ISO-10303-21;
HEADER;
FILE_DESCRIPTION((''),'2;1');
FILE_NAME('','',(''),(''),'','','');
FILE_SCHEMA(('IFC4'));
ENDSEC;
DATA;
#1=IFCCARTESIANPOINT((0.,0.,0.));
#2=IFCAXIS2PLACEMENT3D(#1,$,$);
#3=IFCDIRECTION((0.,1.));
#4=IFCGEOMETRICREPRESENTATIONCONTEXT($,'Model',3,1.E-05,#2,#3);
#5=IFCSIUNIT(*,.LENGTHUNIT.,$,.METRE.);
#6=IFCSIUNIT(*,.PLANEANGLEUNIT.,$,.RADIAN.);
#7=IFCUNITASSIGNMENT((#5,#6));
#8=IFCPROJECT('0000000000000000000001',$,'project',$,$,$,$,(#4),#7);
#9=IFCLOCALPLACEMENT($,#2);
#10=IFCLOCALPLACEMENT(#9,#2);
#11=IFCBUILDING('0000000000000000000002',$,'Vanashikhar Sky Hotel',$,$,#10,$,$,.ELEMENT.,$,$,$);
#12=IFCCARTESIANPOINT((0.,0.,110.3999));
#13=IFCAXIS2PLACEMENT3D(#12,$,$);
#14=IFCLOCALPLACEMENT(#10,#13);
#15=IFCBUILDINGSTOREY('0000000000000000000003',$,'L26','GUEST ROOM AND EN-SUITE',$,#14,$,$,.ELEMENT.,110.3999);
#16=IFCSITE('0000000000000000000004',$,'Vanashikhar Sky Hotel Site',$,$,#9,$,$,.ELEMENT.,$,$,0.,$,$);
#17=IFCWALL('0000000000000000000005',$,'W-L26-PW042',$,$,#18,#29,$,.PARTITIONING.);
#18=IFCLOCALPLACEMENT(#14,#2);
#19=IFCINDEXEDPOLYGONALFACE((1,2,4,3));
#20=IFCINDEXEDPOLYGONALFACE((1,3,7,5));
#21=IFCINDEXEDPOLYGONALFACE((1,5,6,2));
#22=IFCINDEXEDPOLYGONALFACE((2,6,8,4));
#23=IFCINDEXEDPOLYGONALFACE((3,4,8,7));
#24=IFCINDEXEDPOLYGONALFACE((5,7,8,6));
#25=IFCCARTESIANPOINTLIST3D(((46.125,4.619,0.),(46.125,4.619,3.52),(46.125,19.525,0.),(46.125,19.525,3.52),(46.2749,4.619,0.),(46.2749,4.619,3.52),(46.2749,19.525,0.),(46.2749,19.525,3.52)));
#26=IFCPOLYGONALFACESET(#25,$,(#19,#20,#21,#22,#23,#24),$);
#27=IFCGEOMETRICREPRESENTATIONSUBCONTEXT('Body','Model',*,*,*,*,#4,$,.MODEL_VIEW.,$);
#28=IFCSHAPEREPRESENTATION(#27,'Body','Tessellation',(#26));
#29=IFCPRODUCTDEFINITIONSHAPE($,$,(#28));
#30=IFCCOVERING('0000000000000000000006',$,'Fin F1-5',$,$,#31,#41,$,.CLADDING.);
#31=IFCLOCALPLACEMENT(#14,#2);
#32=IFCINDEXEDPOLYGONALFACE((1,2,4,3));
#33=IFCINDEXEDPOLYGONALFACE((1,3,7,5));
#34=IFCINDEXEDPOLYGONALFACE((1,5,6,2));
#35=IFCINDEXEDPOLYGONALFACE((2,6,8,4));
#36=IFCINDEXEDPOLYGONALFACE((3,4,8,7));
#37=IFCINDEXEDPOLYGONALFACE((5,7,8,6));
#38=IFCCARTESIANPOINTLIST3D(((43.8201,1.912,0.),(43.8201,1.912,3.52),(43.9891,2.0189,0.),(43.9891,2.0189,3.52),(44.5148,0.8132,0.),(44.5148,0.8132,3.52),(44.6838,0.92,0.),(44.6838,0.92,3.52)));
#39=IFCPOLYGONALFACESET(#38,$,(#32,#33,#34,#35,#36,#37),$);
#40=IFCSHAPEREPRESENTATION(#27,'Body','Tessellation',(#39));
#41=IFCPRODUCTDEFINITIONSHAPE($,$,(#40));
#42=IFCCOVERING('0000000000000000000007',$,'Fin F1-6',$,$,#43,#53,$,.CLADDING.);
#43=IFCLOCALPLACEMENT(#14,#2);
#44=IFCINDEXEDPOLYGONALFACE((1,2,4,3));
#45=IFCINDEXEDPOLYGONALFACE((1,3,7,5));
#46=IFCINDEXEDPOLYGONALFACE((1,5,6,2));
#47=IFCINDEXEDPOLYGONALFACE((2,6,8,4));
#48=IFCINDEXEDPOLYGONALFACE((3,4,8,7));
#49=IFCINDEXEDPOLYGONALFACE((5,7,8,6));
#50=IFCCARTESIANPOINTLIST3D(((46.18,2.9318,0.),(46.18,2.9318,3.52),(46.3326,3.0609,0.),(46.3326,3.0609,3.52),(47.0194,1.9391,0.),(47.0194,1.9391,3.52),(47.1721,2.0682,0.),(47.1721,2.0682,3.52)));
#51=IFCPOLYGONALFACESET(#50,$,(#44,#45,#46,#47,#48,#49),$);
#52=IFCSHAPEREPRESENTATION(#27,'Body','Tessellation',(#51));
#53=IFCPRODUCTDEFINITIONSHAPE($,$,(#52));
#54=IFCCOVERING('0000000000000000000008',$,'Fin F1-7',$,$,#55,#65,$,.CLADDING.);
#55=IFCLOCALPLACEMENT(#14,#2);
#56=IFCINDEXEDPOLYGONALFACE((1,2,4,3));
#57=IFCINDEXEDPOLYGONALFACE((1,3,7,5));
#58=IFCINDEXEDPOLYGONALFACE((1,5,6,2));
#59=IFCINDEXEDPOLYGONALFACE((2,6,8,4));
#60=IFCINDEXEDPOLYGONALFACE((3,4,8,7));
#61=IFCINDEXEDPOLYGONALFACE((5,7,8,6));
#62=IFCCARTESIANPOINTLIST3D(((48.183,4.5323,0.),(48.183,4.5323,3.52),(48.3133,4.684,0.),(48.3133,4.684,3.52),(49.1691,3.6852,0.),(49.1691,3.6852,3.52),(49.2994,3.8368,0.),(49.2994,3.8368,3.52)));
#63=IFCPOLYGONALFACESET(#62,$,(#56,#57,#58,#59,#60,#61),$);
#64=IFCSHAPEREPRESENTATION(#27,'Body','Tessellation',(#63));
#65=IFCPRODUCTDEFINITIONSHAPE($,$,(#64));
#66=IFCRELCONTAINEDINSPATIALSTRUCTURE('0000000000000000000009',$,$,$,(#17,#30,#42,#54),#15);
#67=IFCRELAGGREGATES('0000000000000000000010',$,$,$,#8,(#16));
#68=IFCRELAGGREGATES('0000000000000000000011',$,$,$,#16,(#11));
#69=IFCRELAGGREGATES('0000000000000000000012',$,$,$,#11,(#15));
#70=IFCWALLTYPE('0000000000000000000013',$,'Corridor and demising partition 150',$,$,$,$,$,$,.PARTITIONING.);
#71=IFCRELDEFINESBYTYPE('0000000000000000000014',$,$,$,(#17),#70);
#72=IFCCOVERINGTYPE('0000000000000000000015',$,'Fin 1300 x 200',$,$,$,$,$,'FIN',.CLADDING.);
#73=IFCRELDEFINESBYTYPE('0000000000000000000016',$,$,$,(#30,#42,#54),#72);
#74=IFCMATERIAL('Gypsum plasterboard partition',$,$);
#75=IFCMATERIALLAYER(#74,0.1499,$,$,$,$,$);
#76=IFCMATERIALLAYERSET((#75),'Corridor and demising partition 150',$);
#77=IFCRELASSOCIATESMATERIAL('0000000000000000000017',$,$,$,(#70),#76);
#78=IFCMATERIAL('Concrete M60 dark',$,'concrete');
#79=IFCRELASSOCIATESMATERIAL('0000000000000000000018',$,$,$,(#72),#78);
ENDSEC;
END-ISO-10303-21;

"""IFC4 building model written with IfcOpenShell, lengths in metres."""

from ifc_helpers import new_model, si_unit, direction, frame, frame_2d, origin, origin_2d, place, context, subcontext, project, spatial, rectangle, extrude, source, transform, mapped, material, layer, layer_set, material_profile, profile_set, type_object, element, save


model = new_model("IFC4")

# Units and contexts
model_context = context("Model", 3, precision=1e-05, world=origin(), true_north=direction((0.0, 1.0)))
body_context = subcontext(model_context, "Body", "Model", "MODEL_VIEW")
ifc_project = project(units=[si_unit("LENGTHUNIT", "METRE"), si_unit("PLANEANGLEUNIT", "RADIAN")], contexts=[model_context])

# Site, building, storey
site_placement = place(None, origin())
site = spatial("IfcSite", under=ifc_project, at=site_placement, Name="Vanashikhar Sky Hotel Site", CompositionType="ELEMENT", RefElevation=0.0)
building_placement = place(site_placement, origin())
building = spatial("IfcBuilding", under=site, at=building_placement, Name="Vanashikhar Sky Hotel", CompositionType="ELEMENT")
storey_placement = place(building_placement, frame((0.0, 0.0, 110.3999)))
storey = spatial("IfcBuildingStorey", under=building, at=storey_placement, Name="L26", Description="GUEST ROOM AND EN-SUITE", CompositionType="ELEMENT", Elevation=110.3999)

# Shared definitions
ifc_material_1 = material(Name="Gypsum plasterboard partition")
ifc_layer_1 = layer(ifc_material_1, 0.1499)
ifc_layer_set_1 = layer_set([ifc_layer_1], Name="Corridor and demising partition 150")
wall_type_1 = type_object("IfcWallType", Name="Corridor and demising partition 150", PredefinedType="PARTITIONING", material=ifc_layer_set_1)

# Wall
shared_shape_1 = source(origin(), body_context, "Body", "SweptSolid", [
    extrude(rectangle(XDim=14.906, YDim=0.1499, at=frame_2d((7.4531, 0.0))), origin(), (0.0, 0.0, 1.0), 3.52),
])
wall_1_placement = place(storey_placement, frame((46.2, 4.6189, 0.0), z_axis=(0.0, 0.0, 1.0), x_axis=(0.0, 1.0, 0.0)))
element("IfcWall", 1, at=wall_1_placement, inside=storey, type_object=wall_type_1, Name="W-L26-PW042", PredefinedType="PARTITIONING", context=body_context, shape_type="MappedRepresentation", body=[
    mapped(shared_shape_1, transform((0.0, 0.0, 0.0), scale=1.0)),
])

# Coverings
ifc_material_2 = material(Name="Concrete M60 dark", Category="concrete")
ifc_material_profile = material_profile(ifc_material_2, rectangle(XDim=1.3, YDim=0.2, at=origin_2d()))
ifc_profile_set = profile_set([ifc_material_profile], Name="Fin 1300 x 200")
covering_type = type_object("IfcCoveringType", Name="Fin 1300 x 200", ElementType="FIN", PredefinedType="CLADDING", material=ifc_profile_set)
shared_shape_2 = source(origin(), body_context, "Body", "SweptSolid", [
    extrude(rectangle(XDim=1.3, YDim=0.2, at=origin_2d()), origin(), (0.0, 0.0, 1.0), 3.52),
])
for number, where, z_axis, x_axis, name in (
    (2, (44.252, 1.416, 0.0), (0.0, 0.0, 1.0), (0.534411, -0.845225, 0.0), "Fin F1-5"),
    (3, (46.676, 2.5, 0.0), (0.0, 0.0, 1.0), (0.645698, -0.763593, 0.0), "Fin F1-6"),
    (4, (48.7412, 4.1846, 0.0), (0.0, 0.0, 1.0), (0.758544, -0.651622, 0.0), "Fin F1-7"),
):
    element("IfcCovering", number, at=place(storey_placement, frame(where, z_axis=z_axis, x_axis=x_axis)), inside=storey, type_object=covering_type, Name=name, PredefinedType="CLADDING", context=body_context, shape_type="MappedRepresentation", body=[
        mapped(shared_shape_2, transform((0.0, 0.0, 0.0), scale=1.0)),
    ])

save(model, "model.ifc")
